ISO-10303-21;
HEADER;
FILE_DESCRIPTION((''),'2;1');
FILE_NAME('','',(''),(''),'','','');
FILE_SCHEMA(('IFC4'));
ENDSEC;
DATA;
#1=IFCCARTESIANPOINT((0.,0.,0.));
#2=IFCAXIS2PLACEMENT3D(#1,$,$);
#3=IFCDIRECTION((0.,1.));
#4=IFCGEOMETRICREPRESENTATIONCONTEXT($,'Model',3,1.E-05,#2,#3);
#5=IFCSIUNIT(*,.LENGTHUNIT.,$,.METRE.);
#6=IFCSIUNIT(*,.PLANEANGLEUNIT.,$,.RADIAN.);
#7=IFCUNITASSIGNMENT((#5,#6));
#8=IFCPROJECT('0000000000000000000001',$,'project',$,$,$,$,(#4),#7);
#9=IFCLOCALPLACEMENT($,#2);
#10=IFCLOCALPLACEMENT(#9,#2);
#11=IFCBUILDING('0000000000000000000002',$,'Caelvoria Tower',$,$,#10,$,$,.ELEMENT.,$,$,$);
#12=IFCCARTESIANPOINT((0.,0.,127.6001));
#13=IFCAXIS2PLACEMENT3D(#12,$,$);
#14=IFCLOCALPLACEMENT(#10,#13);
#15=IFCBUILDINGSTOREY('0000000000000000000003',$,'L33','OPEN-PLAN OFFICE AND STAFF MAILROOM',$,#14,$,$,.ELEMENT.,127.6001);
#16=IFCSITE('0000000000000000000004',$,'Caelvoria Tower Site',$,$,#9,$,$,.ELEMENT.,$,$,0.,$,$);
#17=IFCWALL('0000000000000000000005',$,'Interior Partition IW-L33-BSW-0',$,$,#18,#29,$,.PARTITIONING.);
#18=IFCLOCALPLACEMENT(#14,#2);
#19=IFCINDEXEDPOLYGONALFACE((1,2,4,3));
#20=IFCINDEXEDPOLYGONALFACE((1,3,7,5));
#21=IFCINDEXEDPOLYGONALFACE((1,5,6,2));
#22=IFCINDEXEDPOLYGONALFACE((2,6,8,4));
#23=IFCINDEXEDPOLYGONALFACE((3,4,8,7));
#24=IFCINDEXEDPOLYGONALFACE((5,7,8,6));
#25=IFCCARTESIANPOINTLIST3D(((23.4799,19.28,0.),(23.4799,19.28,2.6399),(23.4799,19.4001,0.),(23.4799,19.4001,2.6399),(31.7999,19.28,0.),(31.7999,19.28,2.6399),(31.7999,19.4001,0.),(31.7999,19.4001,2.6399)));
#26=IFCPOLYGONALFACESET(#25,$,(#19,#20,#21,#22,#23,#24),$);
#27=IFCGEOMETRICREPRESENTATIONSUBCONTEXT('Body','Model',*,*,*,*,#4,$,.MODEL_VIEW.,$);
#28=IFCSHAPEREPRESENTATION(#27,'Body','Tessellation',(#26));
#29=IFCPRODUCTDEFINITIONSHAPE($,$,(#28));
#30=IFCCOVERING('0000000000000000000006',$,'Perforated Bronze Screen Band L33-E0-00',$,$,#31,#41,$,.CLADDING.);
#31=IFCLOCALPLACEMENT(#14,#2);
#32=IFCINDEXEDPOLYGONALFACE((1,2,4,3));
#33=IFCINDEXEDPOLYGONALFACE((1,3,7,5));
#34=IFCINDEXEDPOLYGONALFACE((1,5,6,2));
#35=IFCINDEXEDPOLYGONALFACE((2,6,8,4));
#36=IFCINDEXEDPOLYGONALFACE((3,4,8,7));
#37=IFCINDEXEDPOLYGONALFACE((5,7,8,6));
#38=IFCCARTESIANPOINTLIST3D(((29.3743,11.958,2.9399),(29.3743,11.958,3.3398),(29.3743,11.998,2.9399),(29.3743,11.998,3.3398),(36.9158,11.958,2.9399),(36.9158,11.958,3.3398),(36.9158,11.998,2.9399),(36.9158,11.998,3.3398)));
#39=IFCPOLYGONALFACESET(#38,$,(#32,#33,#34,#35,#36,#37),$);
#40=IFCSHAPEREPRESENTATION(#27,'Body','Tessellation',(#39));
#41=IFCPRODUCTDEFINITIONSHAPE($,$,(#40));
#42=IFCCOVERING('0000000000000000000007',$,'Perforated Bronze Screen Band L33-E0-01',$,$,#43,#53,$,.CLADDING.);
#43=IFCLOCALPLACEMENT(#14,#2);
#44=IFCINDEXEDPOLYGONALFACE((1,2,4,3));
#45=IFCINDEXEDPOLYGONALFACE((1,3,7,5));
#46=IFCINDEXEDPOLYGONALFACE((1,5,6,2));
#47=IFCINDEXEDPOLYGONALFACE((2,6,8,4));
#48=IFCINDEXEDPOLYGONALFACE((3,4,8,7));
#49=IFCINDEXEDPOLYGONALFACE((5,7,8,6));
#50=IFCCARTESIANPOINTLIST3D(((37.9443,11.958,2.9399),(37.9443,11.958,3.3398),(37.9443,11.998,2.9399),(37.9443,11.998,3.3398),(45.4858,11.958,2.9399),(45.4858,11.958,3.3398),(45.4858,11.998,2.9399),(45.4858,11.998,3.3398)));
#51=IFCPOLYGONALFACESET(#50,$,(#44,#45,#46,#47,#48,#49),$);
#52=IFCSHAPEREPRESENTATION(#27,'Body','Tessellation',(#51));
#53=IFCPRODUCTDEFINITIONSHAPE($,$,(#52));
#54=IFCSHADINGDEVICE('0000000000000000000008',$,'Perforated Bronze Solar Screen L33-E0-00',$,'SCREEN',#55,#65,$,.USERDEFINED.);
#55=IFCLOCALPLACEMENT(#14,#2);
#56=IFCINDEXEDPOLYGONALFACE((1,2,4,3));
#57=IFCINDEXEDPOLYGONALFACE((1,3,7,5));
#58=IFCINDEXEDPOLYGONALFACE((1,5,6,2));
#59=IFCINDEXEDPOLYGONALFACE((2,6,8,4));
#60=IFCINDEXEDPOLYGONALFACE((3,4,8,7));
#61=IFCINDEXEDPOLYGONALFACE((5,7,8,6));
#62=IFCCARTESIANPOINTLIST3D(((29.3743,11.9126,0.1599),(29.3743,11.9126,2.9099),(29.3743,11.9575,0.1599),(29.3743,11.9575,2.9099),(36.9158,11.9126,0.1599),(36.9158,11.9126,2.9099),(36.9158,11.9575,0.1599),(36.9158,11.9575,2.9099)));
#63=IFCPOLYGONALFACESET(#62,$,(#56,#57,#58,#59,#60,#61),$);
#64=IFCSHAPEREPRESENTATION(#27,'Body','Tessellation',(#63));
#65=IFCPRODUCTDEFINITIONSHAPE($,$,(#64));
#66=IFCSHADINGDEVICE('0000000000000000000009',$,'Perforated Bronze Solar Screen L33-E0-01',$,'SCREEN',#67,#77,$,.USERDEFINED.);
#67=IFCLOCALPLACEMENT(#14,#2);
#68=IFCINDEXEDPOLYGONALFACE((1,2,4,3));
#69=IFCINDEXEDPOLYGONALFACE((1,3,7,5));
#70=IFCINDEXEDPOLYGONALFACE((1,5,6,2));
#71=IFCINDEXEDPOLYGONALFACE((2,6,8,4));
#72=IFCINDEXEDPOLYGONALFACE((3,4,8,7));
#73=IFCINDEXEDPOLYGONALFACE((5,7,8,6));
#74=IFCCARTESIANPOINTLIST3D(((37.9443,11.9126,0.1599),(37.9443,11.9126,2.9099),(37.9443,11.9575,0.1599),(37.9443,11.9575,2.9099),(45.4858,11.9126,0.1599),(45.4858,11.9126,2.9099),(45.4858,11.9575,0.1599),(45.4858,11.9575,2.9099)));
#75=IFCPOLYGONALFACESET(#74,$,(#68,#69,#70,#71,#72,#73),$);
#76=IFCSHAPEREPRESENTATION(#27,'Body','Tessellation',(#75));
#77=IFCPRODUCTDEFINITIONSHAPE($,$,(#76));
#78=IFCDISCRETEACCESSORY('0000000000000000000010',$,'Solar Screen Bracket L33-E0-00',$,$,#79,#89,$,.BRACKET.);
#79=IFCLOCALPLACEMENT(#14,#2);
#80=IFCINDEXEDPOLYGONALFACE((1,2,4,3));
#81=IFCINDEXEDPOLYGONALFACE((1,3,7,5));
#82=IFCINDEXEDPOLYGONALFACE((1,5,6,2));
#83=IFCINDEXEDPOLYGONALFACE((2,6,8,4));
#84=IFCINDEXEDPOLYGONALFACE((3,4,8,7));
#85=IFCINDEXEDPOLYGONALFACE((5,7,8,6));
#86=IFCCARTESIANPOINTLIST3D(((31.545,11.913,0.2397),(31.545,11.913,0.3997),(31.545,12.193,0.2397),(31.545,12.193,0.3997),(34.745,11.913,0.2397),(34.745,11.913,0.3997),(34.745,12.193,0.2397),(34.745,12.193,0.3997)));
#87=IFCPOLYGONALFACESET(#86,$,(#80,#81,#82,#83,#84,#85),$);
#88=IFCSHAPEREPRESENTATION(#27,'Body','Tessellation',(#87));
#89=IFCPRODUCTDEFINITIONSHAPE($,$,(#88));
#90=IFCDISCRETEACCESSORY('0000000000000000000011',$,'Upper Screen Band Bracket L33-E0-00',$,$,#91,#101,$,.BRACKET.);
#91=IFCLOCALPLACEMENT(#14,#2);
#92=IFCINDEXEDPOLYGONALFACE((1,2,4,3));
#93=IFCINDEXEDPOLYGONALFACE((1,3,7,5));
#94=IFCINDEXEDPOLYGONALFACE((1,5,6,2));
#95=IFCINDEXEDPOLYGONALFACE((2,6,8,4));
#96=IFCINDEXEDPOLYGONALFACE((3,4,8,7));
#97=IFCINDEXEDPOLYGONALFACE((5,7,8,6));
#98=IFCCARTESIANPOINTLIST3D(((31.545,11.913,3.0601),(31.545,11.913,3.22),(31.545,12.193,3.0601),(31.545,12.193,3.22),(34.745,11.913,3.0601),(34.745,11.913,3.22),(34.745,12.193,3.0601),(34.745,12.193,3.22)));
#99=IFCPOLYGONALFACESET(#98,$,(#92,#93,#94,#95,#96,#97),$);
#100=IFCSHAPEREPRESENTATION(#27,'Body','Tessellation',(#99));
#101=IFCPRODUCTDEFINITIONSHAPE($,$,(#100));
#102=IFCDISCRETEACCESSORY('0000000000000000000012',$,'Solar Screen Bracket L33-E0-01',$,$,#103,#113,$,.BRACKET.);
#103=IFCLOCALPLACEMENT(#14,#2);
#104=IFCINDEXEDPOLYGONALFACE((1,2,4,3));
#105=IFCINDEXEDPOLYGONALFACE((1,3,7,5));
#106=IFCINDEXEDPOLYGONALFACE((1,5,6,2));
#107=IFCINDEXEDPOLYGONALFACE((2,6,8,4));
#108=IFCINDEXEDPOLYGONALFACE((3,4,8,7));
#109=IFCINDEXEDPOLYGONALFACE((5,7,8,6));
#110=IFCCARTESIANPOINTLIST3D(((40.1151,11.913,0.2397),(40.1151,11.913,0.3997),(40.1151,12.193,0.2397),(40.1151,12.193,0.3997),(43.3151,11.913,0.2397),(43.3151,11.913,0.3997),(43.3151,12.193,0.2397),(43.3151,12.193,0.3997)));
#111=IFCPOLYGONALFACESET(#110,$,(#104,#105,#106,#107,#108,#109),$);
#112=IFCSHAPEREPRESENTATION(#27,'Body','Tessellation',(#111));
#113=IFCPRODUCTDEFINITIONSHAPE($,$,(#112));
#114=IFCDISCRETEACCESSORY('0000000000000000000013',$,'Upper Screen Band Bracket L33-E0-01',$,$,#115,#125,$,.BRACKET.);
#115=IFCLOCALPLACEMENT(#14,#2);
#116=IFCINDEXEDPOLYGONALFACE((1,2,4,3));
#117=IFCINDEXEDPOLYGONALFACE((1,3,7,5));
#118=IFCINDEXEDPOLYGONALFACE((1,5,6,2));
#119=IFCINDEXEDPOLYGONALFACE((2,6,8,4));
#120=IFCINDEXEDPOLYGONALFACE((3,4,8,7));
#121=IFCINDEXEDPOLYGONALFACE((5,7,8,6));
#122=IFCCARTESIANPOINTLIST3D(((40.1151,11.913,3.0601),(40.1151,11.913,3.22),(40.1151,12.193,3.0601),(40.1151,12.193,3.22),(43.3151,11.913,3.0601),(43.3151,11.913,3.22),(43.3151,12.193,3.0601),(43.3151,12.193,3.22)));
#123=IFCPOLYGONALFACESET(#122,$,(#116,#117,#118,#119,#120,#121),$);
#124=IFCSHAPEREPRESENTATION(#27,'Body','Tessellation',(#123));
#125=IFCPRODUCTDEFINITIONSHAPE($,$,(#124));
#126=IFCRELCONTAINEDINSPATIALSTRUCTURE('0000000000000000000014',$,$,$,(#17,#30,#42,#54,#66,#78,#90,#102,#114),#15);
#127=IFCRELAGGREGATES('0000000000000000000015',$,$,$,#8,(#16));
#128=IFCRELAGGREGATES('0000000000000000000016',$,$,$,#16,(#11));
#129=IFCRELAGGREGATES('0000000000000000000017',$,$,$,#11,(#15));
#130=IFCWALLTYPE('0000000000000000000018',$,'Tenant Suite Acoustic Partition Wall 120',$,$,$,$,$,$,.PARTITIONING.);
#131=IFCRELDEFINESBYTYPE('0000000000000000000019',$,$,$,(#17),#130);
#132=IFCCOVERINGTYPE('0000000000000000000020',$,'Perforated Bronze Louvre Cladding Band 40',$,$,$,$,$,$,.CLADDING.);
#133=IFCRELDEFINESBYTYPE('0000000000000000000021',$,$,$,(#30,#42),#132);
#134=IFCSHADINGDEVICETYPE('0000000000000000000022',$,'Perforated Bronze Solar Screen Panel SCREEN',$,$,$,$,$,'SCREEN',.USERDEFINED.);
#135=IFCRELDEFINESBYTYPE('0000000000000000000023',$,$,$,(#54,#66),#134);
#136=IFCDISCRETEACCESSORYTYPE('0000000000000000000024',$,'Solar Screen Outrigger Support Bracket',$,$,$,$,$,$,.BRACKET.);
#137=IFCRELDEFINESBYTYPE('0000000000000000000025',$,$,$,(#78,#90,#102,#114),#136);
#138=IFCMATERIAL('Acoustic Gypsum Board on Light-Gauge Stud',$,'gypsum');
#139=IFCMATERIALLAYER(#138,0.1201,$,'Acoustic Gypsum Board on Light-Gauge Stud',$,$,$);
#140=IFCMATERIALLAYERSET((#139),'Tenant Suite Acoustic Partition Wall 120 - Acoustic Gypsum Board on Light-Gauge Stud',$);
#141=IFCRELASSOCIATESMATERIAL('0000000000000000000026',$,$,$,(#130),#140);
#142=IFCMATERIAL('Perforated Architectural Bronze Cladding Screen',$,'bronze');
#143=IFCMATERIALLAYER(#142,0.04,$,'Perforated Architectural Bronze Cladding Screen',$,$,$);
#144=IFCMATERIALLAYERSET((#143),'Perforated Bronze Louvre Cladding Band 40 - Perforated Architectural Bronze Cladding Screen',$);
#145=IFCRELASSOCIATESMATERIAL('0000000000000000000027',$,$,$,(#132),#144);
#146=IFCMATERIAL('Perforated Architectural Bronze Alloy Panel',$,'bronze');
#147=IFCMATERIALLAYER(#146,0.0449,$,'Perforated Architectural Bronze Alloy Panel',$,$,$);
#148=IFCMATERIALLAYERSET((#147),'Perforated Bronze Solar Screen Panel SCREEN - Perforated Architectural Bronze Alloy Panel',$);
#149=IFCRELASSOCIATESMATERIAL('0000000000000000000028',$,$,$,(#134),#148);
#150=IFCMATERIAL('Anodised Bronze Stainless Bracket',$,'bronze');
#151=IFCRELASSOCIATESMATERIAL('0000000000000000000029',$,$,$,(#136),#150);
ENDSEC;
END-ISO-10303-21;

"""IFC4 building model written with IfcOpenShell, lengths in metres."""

from ifc_helpers import new_model, si_unit, direction, frame, frame_2d, origin, origin_2d, place, context, subcontext, project, spatial, rectangle, extrude, material, layer, layer_set, type_object, element, save


model = new_model("IFC4")

# Units and contexts
model_context = context("Model", 3, precision=1e-05, world=origin(), true_north=direction((0.0, 1.0)))
body_context = subcontext(model_context, "Body", "Model", "MODEL_VIEW")
ifc_project = project(units=[si_unit("LENGTHUNIT", "METRE"), si_unit("PLANEANGLEUNIT", "RADIAN")], contexts=[model_context])

# Site, building, storey
site_placement = place(None, origin())
site = spatial("IfcSite", under=ifc_project, at=site_placement, Name="Caelvoria Tower Site", CompositionType="ELEMENT", RefElevation=0.0)
building_placement = place(site_placement, origin())
building = spatial("IfcBuilding", under=site, at=building_placement, Name="Caelvoria Tower", CompositionType="ELEMENT")
storey_placement = place(building_placement, frame((0.0, 0.0, 127.6001)))
storey = spatial("IfcBuildingStorey", under=building, at=storey_placement, Name="L33", Description="OPEN-PLAN OFFICE AND STAFF MAILROOM", CompositionType="ELEMENT", Elevation=127.6001)

# Shared definitions
ifc_material_1 = material(Name="Acoustic Gypsum Board on Light-Gauge Stud", Category="gypsum")
ifc_layer_1 = layer(ifc_material_1, 0.1201, Name="Acoustic Gypsum Board on Light-Gauge Stud")
ifc_layer_set_1 = layer_set([ifc_layer_1], Name="Tenant Suite Acoustic Partition Wall 120 - Acoustic Gypsum Board on Light-Gauge Stud")
wall_type = type_object("IfcWallType", Name="Tenant Suite Acoustic Partition Wall 120", PredefinedType="PARTITIONING", material=ifc_layer_set_1)

# Wall
wall_1_placement = place(storey_placement, frame((31.8, 19.3401, 0.0), z_axis=(0.0, 0.0, 1.0), x_axis=(-1.0, 0.0, 0.0)))
element("IfcWall", 1, at=wall_1_placement, inside=storey, type_object=wall_type, Name="Interior Partition IW-L33-BSW-0", PredefinedType="PARTITIONING", context=body_context, shape_type="SweptSolid", body=[
    extrude(rectangle(XDim=8.3201, YDim=0.1201, at=frame_2d((4.1602, 0.0))), origin(), (0.0, 0.0, 1.0), 2.6399),
])

# Coverings
ifc_material_2 = material(Name="Perforated Architectural Bronze Cladding Screen", Category="bronze")
ifc_layer_2 = layer(ifc_material_2, 0.04, Name="Perforated Architectural Bronze Cladding Screen")
ifc_layer_set_2 = layer_set([ifc_layer_2], Name="Perforated Bronze Louvre Cladding Band 40 - Perforated Architectural Bronze Cladding Screen")
covering_type = type_object("IfcCoveringType", Name="Perforated Bronze Louvre Cladding Band 40", PredefinedType="CLADDING", material=ifc_layer_set_2)
for number, where, z_axis, x_axis, name in (
    (2, (33.145, 11.978, 2.9399), (0.0, 0.0, 1.0), (1.0, 0.0, 0.0), "Perforated Bronze Screen Band L33-E0-00"),
    (3, (41.7151, 11.978, 2.9399), (0.0, 0.0, 1.0), (1.0, 0.0, 0.0), "Perforated Bronze Screen Band L33-E0-01"),
):
    element("IfcCovering", number, at=place(storey_placement, frame(where, z_axis=z_axis, x_axis=x_axis)), inside=storey, type_object=covering_type, Name=name, PredefinedType="CLADDING", context=body_context, shape_type="SweptSolid", body=[
        extrude(rectangle(XDim=7.5415, YDim=0.04, at=origin_2d()), origin(), (0.0, 0.0, 1.0), 0.3999),
    ])

# Shading devices
ifc_material_3 = material(Name="Perforated Architectural Bronze Alloy Panel", Category="bronze")
ifc_layer_3 = layer(ifc_material_3, 0.0449, Name="Perforated Architectural Bronze Alloy Panel")
ifc_layer_set_3 = layer_set([ifc_layer_3], Name="Perforated Bronze Solar Screen Panel SCREEN - Perforated Architectural Bronze Alloy Panel")
shading_device_type = type_object("IfcShadingDeviceType", Name="Perforated Bronze Solar Screen Panel SCREEN", ElementType="SCREEN", PredefinedType="USERDEFINED", material=ifc_layer_set_3)
for number, where, z_axis, x_axis, name in (
    (4, (33.145, 11.9351, 0.1599), (0.0, 0.0, 1.0), (1.0, 0.0, 0.0), "Perforated Bronze Solar Screen L33-E0-00"),
    (5, (41.7151, 11.9351, 0.1599), (0.0, 0.0, 1.0), (1.0, 0.0, 0.0), "Perforated Bronze Solar Screen L33-E0-01"),
):
    element("IfcShadingDevice", number, at=place(storey_placement, frame(where, z_axis=z_axis, x_axis=x_axis)), inside=storey, type_object=shading_device_type, Name=name, ObjectType="SCREEN", PredefinedType="USERDEFINED", context=body_context, shape_type="SweptSolid", body=[
        extrude(rectangle(XDim=7.5415, YDim=0.0449, at=origin_2d()), origin(), (0.0, 0.0, 1.0), 2.75),
    ])

# Discrete accessories
ifc_material_4 = material(Name="Anodised Bronze Stainless Bracket", Category="bronze")
discrete_accessory_type = type_object("IfcDiscreteAccessoryType", Name="Solar Screen Outrigger Support Bracket", PredefinedType="BRACKET", material=ifc_material_4)
for number, where, z_axis, x_axis, name in (
    (6, (33.145, 12.053, 0.2397), (0.0, 0.0, 1.0), (1.0, 0.0, 0.0), "Solar Screen Bracket L33-E0-00"),
    (7, (33.145, 12.053, 3.0601), (0.0, 0.0, 1.0), (1.0, 0.0, 0.0), "Upper Screen Band Bracket L33-E0-00"),
    (8, (41.7151, 12.053, 0.2397), (0.0, 0.0, 1.0), (1.0, 0.0, 0.0), "Solar Screen Bracket L33-E0-01"),
    (9, (41.7151, 12.053, 3.0601), (0.0, 0.0, 1.0), (1.0, 0.0, 0.0), "Upper Screen Band Bracket L33-E0-01"),
):
    element("IfcDiscreteAccessory", number, at=place(storey_placement, frame(where, z_axis=z_axis, x_axis=x_axis)), inside=storey, type_object=discrete_accessory_type, Name=name, PredefinedType="BRACKET", context=body_context, shape_type="SweptSolid", body=[
        extrude(rectangle(XDim=3.2, YDim=0.28, at=origin_2d()), origin(), (0.0, 0.0, 1.0), 0.1599),
    ])

save(model, "model.ifc")
